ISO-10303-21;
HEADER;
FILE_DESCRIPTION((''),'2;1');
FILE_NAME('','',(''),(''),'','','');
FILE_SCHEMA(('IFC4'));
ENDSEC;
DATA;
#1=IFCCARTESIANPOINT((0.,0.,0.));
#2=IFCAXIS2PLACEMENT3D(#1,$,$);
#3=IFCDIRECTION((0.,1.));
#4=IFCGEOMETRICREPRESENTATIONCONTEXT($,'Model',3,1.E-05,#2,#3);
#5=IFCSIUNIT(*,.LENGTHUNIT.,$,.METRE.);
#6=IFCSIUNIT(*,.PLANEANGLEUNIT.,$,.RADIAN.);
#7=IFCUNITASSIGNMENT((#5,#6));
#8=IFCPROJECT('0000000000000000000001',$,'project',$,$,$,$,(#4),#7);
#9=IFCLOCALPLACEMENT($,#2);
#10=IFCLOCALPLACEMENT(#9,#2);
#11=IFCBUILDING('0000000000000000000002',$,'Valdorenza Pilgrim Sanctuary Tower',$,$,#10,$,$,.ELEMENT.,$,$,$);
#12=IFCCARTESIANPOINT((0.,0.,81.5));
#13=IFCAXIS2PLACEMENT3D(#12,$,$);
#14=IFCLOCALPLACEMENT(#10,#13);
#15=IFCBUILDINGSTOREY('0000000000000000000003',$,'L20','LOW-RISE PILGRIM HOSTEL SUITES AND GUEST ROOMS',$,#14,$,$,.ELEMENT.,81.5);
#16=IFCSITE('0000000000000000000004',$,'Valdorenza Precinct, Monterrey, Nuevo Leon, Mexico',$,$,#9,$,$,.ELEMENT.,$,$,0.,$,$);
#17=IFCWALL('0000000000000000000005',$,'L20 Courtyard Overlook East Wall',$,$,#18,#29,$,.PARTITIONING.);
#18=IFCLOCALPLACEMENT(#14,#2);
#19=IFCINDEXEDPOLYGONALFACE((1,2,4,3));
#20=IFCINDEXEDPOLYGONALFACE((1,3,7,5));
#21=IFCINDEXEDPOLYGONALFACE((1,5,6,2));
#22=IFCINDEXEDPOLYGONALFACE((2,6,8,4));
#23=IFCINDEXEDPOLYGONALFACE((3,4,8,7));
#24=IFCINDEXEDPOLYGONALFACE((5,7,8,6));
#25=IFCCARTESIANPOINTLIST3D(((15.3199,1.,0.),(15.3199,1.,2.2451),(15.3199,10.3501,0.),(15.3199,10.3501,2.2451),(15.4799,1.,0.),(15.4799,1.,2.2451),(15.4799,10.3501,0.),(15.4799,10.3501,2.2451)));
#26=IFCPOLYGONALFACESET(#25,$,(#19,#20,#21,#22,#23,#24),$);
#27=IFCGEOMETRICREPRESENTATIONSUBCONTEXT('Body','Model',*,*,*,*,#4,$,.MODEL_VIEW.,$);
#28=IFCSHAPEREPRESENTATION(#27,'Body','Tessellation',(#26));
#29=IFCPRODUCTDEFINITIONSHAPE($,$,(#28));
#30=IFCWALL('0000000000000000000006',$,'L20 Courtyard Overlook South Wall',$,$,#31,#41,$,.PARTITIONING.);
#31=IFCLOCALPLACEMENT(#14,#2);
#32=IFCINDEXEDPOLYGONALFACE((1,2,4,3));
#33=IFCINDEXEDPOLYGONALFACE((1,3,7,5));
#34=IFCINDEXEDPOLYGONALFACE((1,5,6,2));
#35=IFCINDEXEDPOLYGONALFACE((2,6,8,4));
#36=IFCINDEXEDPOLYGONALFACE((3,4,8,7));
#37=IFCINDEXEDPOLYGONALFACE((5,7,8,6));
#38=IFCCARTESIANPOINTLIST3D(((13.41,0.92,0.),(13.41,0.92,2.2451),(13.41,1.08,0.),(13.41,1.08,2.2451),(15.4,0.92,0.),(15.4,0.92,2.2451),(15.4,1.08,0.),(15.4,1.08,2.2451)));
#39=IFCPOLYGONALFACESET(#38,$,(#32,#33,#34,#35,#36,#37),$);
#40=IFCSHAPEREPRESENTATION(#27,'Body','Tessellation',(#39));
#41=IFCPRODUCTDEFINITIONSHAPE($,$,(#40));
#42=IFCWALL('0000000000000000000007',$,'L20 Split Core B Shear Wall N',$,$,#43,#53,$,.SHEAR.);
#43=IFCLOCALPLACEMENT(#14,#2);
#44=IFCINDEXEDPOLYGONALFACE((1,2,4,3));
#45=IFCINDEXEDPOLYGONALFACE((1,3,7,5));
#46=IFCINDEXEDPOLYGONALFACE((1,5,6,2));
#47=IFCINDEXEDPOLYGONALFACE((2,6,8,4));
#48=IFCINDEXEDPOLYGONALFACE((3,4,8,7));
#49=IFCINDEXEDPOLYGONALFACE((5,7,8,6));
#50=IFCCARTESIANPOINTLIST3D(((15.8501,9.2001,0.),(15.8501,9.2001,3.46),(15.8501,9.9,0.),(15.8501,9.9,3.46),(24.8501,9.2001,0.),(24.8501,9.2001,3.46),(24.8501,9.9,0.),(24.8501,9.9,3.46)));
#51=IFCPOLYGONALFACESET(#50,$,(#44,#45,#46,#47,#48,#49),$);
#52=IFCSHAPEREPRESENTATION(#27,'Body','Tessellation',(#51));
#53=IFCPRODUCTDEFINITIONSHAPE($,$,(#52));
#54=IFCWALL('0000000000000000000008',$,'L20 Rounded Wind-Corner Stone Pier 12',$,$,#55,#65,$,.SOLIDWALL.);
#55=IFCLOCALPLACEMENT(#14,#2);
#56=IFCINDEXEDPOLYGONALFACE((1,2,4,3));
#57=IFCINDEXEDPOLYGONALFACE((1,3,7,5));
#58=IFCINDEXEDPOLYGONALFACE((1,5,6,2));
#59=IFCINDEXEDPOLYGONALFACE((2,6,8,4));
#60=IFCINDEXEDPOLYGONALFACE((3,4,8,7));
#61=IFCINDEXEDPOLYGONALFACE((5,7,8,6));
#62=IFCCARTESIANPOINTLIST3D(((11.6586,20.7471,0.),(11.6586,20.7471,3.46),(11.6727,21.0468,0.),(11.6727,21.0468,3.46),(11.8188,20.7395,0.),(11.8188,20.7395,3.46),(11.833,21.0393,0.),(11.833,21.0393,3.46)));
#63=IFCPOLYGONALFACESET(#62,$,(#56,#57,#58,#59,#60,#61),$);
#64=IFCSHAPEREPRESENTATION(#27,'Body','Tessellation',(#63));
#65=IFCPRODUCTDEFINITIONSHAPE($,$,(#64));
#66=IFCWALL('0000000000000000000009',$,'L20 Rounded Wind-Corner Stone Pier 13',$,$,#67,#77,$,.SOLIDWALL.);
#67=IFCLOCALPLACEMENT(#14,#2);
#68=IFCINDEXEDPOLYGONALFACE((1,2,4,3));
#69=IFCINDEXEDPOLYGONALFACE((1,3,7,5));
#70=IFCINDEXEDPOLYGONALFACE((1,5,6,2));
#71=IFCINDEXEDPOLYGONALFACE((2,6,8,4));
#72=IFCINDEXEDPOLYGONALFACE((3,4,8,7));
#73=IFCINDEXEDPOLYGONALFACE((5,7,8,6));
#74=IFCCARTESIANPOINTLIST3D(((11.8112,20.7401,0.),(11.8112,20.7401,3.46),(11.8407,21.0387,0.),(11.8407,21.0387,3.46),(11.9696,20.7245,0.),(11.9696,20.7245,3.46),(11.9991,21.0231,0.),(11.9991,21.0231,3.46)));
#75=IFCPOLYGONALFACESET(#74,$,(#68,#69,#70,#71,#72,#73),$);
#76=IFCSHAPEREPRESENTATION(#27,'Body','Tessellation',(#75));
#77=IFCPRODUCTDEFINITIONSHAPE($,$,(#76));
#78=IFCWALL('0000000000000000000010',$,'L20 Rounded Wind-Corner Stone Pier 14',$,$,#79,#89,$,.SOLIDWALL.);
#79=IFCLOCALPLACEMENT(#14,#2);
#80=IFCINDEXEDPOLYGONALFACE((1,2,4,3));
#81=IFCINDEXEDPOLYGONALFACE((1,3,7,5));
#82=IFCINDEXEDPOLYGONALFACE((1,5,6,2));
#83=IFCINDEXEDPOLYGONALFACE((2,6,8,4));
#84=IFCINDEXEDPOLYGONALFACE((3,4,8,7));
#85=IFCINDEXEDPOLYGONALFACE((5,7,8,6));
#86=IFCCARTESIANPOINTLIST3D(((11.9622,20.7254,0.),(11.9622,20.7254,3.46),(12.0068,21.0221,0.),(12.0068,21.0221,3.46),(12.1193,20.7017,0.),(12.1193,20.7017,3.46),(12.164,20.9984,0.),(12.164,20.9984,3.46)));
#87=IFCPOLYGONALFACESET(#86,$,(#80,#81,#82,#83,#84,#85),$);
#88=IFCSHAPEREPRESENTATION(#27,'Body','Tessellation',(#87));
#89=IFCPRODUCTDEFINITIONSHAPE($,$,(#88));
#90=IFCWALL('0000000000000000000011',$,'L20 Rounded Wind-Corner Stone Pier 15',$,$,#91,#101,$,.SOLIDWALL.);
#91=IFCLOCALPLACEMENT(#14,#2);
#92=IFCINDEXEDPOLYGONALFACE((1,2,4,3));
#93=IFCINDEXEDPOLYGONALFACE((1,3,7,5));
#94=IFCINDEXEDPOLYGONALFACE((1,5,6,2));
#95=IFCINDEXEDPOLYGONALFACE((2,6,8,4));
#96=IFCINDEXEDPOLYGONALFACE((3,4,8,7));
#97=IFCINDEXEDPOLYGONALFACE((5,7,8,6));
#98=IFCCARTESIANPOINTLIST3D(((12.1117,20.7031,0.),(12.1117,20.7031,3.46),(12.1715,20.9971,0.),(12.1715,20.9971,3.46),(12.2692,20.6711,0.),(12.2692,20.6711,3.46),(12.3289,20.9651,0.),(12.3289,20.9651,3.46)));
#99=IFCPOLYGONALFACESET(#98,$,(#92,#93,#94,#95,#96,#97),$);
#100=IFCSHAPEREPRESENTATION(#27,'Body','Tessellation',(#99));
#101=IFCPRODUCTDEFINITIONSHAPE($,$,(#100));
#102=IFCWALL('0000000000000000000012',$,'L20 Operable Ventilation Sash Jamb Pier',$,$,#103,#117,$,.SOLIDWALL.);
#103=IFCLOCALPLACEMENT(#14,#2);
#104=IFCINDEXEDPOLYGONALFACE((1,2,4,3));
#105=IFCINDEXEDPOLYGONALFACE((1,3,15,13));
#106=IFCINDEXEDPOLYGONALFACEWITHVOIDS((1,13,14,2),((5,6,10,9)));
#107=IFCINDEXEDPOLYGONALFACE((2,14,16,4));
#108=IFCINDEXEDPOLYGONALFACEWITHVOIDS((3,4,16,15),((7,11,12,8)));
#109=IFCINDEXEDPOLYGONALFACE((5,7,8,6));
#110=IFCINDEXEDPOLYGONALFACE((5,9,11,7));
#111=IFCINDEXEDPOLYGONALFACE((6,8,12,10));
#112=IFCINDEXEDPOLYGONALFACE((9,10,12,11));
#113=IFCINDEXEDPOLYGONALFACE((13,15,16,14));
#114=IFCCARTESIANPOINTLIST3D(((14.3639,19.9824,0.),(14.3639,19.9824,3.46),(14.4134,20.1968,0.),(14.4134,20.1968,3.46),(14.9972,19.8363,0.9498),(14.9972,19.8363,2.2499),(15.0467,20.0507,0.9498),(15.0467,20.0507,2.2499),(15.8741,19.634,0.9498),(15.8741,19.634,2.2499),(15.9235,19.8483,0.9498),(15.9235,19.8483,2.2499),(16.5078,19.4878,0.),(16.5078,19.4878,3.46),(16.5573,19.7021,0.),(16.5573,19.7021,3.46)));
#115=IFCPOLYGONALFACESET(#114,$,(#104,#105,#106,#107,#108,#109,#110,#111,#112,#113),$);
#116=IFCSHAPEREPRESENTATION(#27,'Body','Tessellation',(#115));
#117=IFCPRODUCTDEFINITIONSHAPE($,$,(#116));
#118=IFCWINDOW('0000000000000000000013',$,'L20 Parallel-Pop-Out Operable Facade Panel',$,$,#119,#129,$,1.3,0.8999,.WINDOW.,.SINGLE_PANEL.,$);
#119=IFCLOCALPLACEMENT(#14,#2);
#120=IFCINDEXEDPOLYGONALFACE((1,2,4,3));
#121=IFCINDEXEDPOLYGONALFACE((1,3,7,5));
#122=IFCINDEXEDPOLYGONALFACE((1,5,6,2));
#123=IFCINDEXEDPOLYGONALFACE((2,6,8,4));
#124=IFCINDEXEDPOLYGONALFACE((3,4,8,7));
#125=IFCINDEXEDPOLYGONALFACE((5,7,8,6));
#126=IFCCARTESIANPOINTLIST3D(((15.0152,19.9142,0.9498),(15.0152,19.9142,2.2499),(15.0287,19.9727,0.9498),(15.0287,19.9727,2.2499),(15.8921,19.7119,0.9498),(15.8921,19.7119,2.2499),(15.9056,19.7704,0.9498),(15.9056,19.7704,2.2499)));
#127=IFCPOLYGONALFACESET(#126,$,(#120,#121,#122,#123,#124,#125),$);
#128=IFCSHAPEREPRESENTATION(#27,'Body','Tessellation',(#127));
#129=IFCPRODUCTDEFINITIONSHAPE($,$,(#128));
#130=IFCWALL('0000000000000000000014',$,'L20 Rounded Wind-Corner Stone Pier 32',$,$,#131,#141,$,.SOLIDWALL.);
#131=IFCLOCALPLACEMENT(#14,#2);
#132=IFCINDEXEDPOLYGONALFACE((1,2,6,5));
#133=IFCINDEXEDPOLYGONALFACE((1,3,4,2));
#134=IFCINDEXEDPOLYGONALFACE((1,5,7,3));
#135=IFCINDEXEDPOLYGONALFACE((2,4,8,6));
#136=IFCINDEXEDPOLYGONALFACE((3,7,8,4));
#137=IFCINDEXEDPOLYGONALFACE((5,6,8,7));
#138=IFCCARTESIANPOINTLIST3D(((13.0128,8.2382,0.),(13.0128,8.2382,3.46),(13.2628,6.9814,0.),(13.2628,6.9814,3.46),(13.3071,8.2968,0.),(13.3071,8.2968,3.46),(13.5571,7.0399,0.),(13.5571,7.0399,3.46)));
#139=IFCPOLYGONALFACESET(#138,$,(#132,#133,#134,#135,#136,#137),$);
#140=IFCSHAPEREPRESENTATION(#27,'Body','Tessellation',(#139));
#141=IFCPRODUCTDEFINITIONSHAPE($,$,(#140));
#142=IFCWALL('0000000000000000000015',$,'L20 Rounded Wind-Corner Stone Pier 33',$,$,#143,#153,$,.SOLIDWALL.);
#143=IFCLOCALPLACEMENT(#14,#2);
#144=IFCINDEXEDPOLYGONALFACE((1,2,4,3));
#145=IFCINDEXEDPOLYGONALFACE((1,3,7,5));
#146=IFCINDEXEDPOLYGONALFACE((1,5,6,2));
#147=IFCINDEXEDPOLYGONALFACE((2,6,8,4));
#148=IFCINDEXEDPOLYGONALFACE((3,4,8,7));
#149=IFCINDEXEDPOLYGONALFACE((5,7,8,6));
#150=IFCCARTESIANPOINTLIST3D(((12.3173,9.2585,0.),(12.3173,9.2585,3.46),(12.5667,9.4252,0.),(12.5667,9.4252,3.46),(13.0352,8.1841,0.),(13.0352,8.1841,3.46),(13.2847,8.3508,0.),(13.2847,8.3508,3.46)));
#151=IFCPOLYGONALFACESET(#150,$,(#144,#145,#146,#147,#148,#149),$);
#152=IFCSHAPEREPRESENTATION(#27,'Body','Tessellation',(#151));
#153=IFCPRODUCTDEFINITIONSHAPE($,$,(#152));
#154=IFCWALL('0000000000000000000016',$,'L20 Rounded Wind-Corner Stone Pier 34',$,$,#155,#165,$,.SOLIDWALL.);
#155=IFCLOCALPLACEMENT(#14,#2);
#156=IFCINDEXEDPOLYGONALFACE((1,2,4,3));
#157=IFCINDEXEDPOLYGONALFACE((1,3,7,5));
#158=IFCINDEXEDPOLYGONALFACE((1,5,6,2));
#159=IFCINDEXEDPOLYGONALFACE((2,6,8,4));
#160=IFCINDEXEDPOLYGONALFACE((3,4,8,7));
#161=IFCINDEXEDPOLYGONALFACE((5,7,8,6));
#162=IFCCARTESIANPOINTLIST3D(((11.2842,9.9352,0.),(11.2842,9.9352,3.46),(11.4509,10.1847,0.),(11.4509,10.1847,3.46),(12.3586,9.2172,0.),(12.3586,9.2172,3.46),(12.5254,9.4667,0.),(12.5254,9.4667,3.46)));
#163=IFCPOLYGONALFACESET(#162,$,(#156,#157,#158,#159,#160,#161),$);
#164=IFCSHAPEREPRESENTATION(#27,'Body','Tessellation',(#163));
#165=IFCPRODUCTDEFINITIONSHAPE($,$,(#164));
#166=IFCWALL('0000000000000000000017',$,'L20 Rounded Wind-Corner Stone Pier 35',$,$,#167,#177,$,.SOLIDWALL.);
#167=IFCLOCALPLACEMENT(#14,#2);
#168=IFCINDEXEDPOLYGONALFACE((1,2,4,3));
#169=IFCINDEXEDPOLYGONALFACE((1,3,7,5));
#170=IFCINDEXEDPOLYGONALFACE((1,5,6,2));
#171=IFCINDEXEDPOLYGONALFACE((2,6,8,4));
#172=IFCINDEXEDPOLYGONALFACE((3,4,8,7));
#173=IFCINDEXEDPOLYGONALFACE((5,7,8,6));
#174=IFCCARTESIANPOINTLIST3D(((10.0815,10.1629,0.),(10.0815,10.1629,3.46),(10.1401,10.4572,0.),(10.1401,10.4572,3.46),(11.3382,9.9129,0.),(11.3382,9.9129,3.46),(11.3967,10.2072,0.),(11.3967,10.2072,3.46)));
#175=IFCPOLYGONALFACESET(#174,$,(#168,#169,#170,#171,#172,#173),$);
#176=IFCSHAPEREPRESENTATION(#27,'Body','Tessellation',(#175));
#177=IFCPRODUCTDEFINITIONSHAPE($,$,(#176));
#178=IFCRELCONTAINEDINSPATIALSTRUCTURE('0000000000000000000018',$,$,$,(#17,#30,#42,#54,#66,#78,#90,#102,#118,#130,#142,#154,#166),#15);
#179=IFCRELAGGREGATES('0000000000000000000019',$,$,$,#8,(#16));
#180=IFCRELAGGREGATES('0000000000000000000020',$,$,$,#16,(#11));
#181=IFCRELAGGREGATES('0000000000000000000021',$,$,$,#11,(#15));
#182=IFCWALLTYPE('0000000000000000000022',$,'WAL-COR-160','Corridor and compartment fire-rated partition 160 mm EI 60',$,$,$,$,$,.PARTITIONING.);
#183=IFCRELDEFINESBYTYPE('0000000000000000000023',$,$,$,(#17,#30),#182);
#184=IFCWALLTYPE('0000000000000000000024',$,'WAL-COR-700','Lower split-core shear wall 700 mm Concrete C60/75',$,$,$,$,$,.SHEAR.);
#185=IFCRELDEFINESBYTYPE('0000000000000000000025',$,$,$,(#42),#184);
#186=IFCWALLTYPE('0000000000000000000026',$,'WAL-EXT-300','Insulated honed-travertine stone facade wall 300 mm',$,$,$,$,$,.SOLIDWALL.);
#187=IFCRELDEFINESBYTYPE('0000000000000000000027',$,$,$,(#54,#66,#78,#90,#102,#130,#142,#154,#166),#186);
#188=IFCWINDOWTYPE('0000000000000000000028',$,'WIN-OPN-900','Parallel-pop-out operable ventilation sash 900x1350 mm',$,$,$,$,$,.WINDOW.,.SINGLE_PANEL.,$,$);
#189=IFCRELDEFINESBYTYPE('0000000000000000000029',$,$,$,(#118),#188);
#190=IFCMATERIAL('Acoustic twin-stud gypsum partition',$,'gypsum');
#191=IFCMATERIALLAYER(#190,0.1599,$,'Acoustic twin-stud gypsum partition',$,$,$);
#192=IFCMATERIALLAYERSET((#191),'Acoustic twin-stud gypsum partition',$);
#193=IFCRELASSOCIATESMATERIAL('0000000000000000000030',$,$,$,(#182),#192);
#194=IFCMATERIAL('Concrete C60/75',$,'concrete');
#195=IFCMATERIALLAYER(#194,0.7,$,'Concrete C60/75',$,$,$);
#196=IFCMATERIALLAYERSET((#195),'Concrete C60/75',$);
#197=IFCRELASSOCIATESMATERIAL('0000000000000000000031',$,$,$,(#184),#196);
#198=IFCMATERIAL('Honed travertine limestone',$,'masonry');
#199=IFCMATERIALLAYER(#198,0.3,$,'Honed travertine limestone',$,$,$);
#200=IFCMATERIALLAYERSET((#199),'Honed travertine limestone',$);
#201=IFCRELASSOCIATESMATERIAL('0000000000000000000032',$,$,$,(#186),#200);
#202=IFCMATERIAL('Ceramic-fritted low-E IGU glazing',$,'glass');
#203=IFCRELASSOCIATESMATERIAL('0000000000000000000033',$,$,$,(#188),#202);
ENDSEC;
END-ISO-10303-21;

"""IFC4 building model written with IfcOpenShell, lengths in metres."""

from ifc_helpers import new_model, si_unit, direction, frame, frame_2d, origin, place, context, subcontext, project, spatial, rectangle, extrude, material, layer, layer_set, type_object, element, fill, save


model = new_model("IFC4")

# Units and contexts
model_context = context("Model", 3, precision=1e-05, world=origin(), true_north=direction((0.0, 1.0)))
body_context = subcontext(model_context, "Body", "Model", "MODEL_VIEW")
ifc_project = project(units=[si_unit("LENGTHUNIT", "METRE"), si_unit("PLANEANGLEUNIT", "RADIAN")], contexts=[model_context])

# Site, building, storey
site_placement = place(None, origin())
site = spatial("IfcSite", under=ifc_project, at=site_placement, Name="Valdorenza Precinct, Monterrey, Nuevo Leon, Mexico", CompositionType="ELEMENT", RefElevation=0.0)
building_placement = place(site_placement, origin())
building = spatial("IfcBuilding", under=site, at=building_placement, Name="Valdorenza Pilgrim Sanctuary Tower", CompositionType="ELEMENT")
storey_placement = place(building_placement, frame((0.0, 0.0, 81.5)))
storey = spatial("IfcBuildingStorey", under=building, at=storey_placement, Name="L20", Description="LOW-RISE PILGRIM HOSTEL SUITES AND GUEST ROOMS", CompositionType="ELEMENT", Elevation=81.5)

# Shared definitions
ifc_material_1 = material(Name="Ceramic-fritted low-E IGU glazing", Category="glass")
ifc_material_2 = material(Name="Honed travertine limestone", Category="masonry")

# Shared definitions
ifc_material_3 = material(Name="Acoustic twin-stud gypsum partition", Category="gypsum")
ifc_layer_1 = layer(ifc_material_3, 0.1599, Name="Acoustic twin-stud gypsum partition")
ifc_layer_set_1 = layer_set([ifc_layer_1], Name="Acoustic twin-stud gypsum partition")
wall_type_1 = type_object("IfcWallType", Name="WAL-COR-160", Description="Corridor and compartment fire-rated partition 160 mm EI 60", PredefinedType="PARTITIONING", material=ifc_layer_set_1)

# Walls
wall_1_placement = place(storey_placement, frame((15.3999, 1.0, 0.0), z_axis=(0.0, 0.0, 1.0), x_axis=(0.0, 1.0, 0.0)))
element("IfcWall", 1, at=wall_1_placement, inside=storey, type_object=wall_type_1, Name="L20 Courtyard Overlook East Wall", PredefinedType="PARTITIONING", context=body_context, shape_type="SweptSolid", body=[
    extrude(rectangle(XDim=9.3501, YDim=0.1599, at=frame_2d((4.675, 0.0))), origin(), (0.0, 0.0, 1.0), 2.2451),
])
wall_2_placement = place(storey_placement, frame((13.4099, 1.0, 0.0), z_axis=(0.0, 0.0, 1.0), x_axis=(1.0, 0.0, 0.0)))
element("IfcWall", 2, at=wall_2_placement, inside=storey, type_object=wall_type_1, Name="L20 Courtyard Overlook South Wall", PredefinedType="PARTITIONING", context=body_context, shape_type="SweptSolid", body=[
    extrude(rectangle(XDim=1.99, YDim=0.1599, at=frame_2d((0.9951, 0.0))), origin(), (0.0, 0.0, 1.0), 2.2451),
])
ifc_material_4 = material(Name="Concrete C60/75", Category="concrete")
ifc_layer_2 = layer(ifc_material_4, 0.7, Name="Concrete C60/75")
ifc_layer_set_2 = layer_set([ifc_layer_2], Name="Concrete C60/75")
wall_type_2 = type_object("IfcWallType", Name="WAL-COR-700", Description="Lower split-core shear wall 700 mm Concrete C60/75", PredefinedType="SHEAR", material=ifc_layer_set_2)
wall_3_placement = place(storey_placement, frame((15.8501, 9.55, 0.0), z_axis=(0.0, 0.0, 1.0), x_axis=(1.0, 0.0, 0.0)))
element("IfcWall", 3, at=wall_3_placement, inside=storey, type_object=wall_type_2, Name="L20 Split Core B Shear Wall N", PredefinedType="SHEAR", context=body_context, shape_type="SweptSolid", body=[
    extrude(rectangle(XDim=9.0, YDim=0.7, at=frame_2d((4.5, 0.0))), origin(), (0.0, 0.0, 1.0), 3.46),
])
ifc_layer_3 = layer(ifc_material_2, 0.3, Name="Honed travertine limestone")
ifc_layer_set_3 = layer_set([ifc_layer_3], Name="Honed travertine limestone")
wall_type_3 = type_object("IfcWallType", Name="WAL-EXT-300", Description="Insulated honed-travertine stone facade wall 300 mm", PredefinedType="SOLIDWALL", material=ifc_layer_set_3)
wall_4_placement = place(storey_placement, frame((11.6658, 20.897, 0.0), z_axis=(0.0, 0.0, 1.0), x_axis=(0.998885, -0.047203, 0.0)))
element("IfcWall", 4, at=wall_4_placement, inside=storey, type_object=wall_type_3, Name="L20 Rounded Wind-Corner Stone Pier 12", PredefinedType="SOLIDWALL", context=body_context, shape_type="SweptSolid", body=[
    extrude(rectangle(XDim=0.1604, YDim=0.3, at=frame_2d((0.0801, 0.0))), origin(), (0.0, 0.0, 1.0), 3.46),
])
wall_5_placement = place(storey_placement, frame((11.8259, 20.8894, 0.0), z_axis=(0.0, 0.0, 1.0), x_axis=(0.995173, -0.098137, 0.0)))
element("IfcWall", 5, at=wall_5_placement, inside=storey, type_object=wall_type_3, Name="L20 Rounded Wind-Corner Stone Pier 13", PredefinedType="SOLIDWALL", context=body_context, shape_type="SweptSolid", body=[
    extrude(rectangle(XDim=0.1592, YDim=0.3, at=frame_2d((0.0796, 0.0))), origin(), (0.0, 0.0, 1.0), 3.46),
])
wall_6_placement = place(storey_placement, frame((11.9844, 20.8738, 0.0), z_axis=(0.0, 0.0, 1.0), x_axis=(0.988846, -0.148941, 0.0)))
element("IfcWall", 6, at=wall_6_placement, inside=storey, type_object=wall_type_3, Name="L20 Rounded Wind-Corner Stone Pier 14", PredefinedType="SOLIDWALL", context=body_context, shape_type="SweptSolid", body=[
    extrude(rectangle(XDim=0.1589, YDim=0.3, at=frame_2d((0.0796, 0.0))), origin(), (0.0, 0.0, 1.0), 3.46),
])
wall_7_placement = place(storey_placement, frame((12.1416, 20.8501, 0.0), z_axis=(0.0, 0.0, 1.0), x_axis=(0.979992, -0.199037, 0.0)))
element("IfcWall", 7, at=wall_7_placement, inside=storey, type_object=wall_type_3, Name="L20 Rounded Wind-Corner Stone Pier 15", PredefinedType="SOLIDWALL", context=body_context, shape_type="SweptSolid", body=[
    extrude(rectangle(XDim=0.1606, YDim=0.3, at=frame_2d((0.0803, 0.0))), origin(), (0.0, 0.0, 1.0), 3.46),
])

# Wall, opening, window
wall_8_placement = place(storey_placement, frame((14.3887, 20.0896, 0.0), z_axis=(0.0, 0.0, 1.0), x_axis=(0.974401, -0.224819, 0.0)))
wall_8 = element("IfcWall", 8, at=wall_8_placement, inside=storey, type_object=wall_type_3, Name="L20 Operable Ventilation Sash Jamb Pier", PredefinedType="SOLIDWALL", context=body_context, shape_type="SweptSolid", body=[
    extrude(rectangle(XDim=2.2002, YDim=0.22, at=frame_2d((1.1001, 0.0))), origin(), (0.0, 0.0, 1.0), 3.46),
])
opening_1_placement = place(wall_8_placement, frame((0.6499, 0.0, 0.95)))
opening_1 = element("IfcOpeningElement", 9, at=opening_1_placement, cuts=wall_8, PredefinedType="OPENING", context=body_context, shape_type="SweptSolid", body=[
    extrude(rectangle(XDim=0.8999, YDim=1.3, at=frame_2d((0.45, 0.6499))), frame((0.0, 0.125, 0.0), z_axis=(0.0, -1.0, 0.0), x_axis=(1.0, 0.0, 0.0)), (0.0, 0.0, 1.0), 0.2498),
])
window_type = type_object("IfcWindowType", Name="WIN-OPN-900", Description="Parallel-pop-out operable ventilation sash 900x1350 mm", PartitioningType="SINGLE_PANEL", PredefinedType="WINDOW", material=ifc_material_1)
window_placement = place(opening_1_placement, origin())
window = element("IfcWindow", 10, at=window_placement, inside=storey, type_object=window_type, Name="L20 Parallel-Pop-Out Operable Facade Panel", OverallHeight=1.3, OverallWidth=0.8999, PartitioningType="SINGLE_PANEL", PredefinedType="WINDOW", context=body_context, shape_type="SweptSolid", body=[
    extrude(rectangle(XDim=0.8999, YDim=1.3, at=frame_2d((0.45, 0.6499))), frame((0.0, 0.03, 0.0), z_axis=(0.0, -1.0, 0.0), x_axis=(1.0, 0.0, 0.0)), (0.0, 0.0, 1.0), 0.0601),
])
fill(opening_1, window)

# Walls
wall_9_placement = place(storey_placement, frame((13.4099, 7.0107, 0.0), z_axis=(0.0, 0.0, 1.0), x_axis=(-0.19509, 0.980785, 0.0)))
element("IfcWall", 11, at=wall_9_placement, inside=storey, type_object=wall_type_3, Name="L20 Rounded Wind-Corner Stone Pier 32", PredefinedType="SOLIDWALL", context=body_context, shape_type="SweptSolid", body=[
    extrude(rectangle(XDim=1.2815, YDim=0.3, at=frame_2d((0.6406, 0.0))), origin(), (0.0, 0.0, 1.0), 3.46),
])
for number, where, z_axis, x_axis, name in (
    (12, (13.1599, 8.2676, 0.0), (0.0, 0.0, 1.0), (-0.555615, 0.831439, 0.0), "L20 Rounded Wind-Corner Stone Pier 33"),
    (13, (12.4419, 9.342, 0.0), (0.0, 0.0, 1.0), (-0.831439, 0.555615, 0.0), "L20 Rounded Wind-Corner Stone Pier 34"),
):
    element("IfcWall", number, at=place(storey_placement, frame(where, z_axis=z_axis, x_axis=x_axis)), inside=storey, type_object=wall_type_3, Name=name, PredefinedType="SOLIDWALL", context=body_context, shape_type="SweptSolid", body=[
        extrude(rectangle(XDim=1.2922, YDim=0.3, at=frame_2d((0.646, 0.0))), origin(), (0.0, 0.0, 1.0), 3.46),
    ])
wall_10_placement = place(storey_placement, frame((11.3674, 10.0601, 0.0), z_axis=(0.0, 0.0, 1.0), x_axis=(-0.980778, 0.195127, 0.0)))
element("IfcWall", 14, at=wall_10_placement, inside=storey, type_object=wall_type_3, Name="L20 Rounded Wind-Corner Stone Pier 35", PredefinedType="SOLIDWALL", context=body_context, shape_type="SweptSolid", body=[
    extrude(rectangle(XDim=1.2812, YDim=0.3, at=frame_2d((0.6406, 0.0))), origin(), (0.0, 0.0, 1.0), 3.46),
])

save(model, "model.ifc")
